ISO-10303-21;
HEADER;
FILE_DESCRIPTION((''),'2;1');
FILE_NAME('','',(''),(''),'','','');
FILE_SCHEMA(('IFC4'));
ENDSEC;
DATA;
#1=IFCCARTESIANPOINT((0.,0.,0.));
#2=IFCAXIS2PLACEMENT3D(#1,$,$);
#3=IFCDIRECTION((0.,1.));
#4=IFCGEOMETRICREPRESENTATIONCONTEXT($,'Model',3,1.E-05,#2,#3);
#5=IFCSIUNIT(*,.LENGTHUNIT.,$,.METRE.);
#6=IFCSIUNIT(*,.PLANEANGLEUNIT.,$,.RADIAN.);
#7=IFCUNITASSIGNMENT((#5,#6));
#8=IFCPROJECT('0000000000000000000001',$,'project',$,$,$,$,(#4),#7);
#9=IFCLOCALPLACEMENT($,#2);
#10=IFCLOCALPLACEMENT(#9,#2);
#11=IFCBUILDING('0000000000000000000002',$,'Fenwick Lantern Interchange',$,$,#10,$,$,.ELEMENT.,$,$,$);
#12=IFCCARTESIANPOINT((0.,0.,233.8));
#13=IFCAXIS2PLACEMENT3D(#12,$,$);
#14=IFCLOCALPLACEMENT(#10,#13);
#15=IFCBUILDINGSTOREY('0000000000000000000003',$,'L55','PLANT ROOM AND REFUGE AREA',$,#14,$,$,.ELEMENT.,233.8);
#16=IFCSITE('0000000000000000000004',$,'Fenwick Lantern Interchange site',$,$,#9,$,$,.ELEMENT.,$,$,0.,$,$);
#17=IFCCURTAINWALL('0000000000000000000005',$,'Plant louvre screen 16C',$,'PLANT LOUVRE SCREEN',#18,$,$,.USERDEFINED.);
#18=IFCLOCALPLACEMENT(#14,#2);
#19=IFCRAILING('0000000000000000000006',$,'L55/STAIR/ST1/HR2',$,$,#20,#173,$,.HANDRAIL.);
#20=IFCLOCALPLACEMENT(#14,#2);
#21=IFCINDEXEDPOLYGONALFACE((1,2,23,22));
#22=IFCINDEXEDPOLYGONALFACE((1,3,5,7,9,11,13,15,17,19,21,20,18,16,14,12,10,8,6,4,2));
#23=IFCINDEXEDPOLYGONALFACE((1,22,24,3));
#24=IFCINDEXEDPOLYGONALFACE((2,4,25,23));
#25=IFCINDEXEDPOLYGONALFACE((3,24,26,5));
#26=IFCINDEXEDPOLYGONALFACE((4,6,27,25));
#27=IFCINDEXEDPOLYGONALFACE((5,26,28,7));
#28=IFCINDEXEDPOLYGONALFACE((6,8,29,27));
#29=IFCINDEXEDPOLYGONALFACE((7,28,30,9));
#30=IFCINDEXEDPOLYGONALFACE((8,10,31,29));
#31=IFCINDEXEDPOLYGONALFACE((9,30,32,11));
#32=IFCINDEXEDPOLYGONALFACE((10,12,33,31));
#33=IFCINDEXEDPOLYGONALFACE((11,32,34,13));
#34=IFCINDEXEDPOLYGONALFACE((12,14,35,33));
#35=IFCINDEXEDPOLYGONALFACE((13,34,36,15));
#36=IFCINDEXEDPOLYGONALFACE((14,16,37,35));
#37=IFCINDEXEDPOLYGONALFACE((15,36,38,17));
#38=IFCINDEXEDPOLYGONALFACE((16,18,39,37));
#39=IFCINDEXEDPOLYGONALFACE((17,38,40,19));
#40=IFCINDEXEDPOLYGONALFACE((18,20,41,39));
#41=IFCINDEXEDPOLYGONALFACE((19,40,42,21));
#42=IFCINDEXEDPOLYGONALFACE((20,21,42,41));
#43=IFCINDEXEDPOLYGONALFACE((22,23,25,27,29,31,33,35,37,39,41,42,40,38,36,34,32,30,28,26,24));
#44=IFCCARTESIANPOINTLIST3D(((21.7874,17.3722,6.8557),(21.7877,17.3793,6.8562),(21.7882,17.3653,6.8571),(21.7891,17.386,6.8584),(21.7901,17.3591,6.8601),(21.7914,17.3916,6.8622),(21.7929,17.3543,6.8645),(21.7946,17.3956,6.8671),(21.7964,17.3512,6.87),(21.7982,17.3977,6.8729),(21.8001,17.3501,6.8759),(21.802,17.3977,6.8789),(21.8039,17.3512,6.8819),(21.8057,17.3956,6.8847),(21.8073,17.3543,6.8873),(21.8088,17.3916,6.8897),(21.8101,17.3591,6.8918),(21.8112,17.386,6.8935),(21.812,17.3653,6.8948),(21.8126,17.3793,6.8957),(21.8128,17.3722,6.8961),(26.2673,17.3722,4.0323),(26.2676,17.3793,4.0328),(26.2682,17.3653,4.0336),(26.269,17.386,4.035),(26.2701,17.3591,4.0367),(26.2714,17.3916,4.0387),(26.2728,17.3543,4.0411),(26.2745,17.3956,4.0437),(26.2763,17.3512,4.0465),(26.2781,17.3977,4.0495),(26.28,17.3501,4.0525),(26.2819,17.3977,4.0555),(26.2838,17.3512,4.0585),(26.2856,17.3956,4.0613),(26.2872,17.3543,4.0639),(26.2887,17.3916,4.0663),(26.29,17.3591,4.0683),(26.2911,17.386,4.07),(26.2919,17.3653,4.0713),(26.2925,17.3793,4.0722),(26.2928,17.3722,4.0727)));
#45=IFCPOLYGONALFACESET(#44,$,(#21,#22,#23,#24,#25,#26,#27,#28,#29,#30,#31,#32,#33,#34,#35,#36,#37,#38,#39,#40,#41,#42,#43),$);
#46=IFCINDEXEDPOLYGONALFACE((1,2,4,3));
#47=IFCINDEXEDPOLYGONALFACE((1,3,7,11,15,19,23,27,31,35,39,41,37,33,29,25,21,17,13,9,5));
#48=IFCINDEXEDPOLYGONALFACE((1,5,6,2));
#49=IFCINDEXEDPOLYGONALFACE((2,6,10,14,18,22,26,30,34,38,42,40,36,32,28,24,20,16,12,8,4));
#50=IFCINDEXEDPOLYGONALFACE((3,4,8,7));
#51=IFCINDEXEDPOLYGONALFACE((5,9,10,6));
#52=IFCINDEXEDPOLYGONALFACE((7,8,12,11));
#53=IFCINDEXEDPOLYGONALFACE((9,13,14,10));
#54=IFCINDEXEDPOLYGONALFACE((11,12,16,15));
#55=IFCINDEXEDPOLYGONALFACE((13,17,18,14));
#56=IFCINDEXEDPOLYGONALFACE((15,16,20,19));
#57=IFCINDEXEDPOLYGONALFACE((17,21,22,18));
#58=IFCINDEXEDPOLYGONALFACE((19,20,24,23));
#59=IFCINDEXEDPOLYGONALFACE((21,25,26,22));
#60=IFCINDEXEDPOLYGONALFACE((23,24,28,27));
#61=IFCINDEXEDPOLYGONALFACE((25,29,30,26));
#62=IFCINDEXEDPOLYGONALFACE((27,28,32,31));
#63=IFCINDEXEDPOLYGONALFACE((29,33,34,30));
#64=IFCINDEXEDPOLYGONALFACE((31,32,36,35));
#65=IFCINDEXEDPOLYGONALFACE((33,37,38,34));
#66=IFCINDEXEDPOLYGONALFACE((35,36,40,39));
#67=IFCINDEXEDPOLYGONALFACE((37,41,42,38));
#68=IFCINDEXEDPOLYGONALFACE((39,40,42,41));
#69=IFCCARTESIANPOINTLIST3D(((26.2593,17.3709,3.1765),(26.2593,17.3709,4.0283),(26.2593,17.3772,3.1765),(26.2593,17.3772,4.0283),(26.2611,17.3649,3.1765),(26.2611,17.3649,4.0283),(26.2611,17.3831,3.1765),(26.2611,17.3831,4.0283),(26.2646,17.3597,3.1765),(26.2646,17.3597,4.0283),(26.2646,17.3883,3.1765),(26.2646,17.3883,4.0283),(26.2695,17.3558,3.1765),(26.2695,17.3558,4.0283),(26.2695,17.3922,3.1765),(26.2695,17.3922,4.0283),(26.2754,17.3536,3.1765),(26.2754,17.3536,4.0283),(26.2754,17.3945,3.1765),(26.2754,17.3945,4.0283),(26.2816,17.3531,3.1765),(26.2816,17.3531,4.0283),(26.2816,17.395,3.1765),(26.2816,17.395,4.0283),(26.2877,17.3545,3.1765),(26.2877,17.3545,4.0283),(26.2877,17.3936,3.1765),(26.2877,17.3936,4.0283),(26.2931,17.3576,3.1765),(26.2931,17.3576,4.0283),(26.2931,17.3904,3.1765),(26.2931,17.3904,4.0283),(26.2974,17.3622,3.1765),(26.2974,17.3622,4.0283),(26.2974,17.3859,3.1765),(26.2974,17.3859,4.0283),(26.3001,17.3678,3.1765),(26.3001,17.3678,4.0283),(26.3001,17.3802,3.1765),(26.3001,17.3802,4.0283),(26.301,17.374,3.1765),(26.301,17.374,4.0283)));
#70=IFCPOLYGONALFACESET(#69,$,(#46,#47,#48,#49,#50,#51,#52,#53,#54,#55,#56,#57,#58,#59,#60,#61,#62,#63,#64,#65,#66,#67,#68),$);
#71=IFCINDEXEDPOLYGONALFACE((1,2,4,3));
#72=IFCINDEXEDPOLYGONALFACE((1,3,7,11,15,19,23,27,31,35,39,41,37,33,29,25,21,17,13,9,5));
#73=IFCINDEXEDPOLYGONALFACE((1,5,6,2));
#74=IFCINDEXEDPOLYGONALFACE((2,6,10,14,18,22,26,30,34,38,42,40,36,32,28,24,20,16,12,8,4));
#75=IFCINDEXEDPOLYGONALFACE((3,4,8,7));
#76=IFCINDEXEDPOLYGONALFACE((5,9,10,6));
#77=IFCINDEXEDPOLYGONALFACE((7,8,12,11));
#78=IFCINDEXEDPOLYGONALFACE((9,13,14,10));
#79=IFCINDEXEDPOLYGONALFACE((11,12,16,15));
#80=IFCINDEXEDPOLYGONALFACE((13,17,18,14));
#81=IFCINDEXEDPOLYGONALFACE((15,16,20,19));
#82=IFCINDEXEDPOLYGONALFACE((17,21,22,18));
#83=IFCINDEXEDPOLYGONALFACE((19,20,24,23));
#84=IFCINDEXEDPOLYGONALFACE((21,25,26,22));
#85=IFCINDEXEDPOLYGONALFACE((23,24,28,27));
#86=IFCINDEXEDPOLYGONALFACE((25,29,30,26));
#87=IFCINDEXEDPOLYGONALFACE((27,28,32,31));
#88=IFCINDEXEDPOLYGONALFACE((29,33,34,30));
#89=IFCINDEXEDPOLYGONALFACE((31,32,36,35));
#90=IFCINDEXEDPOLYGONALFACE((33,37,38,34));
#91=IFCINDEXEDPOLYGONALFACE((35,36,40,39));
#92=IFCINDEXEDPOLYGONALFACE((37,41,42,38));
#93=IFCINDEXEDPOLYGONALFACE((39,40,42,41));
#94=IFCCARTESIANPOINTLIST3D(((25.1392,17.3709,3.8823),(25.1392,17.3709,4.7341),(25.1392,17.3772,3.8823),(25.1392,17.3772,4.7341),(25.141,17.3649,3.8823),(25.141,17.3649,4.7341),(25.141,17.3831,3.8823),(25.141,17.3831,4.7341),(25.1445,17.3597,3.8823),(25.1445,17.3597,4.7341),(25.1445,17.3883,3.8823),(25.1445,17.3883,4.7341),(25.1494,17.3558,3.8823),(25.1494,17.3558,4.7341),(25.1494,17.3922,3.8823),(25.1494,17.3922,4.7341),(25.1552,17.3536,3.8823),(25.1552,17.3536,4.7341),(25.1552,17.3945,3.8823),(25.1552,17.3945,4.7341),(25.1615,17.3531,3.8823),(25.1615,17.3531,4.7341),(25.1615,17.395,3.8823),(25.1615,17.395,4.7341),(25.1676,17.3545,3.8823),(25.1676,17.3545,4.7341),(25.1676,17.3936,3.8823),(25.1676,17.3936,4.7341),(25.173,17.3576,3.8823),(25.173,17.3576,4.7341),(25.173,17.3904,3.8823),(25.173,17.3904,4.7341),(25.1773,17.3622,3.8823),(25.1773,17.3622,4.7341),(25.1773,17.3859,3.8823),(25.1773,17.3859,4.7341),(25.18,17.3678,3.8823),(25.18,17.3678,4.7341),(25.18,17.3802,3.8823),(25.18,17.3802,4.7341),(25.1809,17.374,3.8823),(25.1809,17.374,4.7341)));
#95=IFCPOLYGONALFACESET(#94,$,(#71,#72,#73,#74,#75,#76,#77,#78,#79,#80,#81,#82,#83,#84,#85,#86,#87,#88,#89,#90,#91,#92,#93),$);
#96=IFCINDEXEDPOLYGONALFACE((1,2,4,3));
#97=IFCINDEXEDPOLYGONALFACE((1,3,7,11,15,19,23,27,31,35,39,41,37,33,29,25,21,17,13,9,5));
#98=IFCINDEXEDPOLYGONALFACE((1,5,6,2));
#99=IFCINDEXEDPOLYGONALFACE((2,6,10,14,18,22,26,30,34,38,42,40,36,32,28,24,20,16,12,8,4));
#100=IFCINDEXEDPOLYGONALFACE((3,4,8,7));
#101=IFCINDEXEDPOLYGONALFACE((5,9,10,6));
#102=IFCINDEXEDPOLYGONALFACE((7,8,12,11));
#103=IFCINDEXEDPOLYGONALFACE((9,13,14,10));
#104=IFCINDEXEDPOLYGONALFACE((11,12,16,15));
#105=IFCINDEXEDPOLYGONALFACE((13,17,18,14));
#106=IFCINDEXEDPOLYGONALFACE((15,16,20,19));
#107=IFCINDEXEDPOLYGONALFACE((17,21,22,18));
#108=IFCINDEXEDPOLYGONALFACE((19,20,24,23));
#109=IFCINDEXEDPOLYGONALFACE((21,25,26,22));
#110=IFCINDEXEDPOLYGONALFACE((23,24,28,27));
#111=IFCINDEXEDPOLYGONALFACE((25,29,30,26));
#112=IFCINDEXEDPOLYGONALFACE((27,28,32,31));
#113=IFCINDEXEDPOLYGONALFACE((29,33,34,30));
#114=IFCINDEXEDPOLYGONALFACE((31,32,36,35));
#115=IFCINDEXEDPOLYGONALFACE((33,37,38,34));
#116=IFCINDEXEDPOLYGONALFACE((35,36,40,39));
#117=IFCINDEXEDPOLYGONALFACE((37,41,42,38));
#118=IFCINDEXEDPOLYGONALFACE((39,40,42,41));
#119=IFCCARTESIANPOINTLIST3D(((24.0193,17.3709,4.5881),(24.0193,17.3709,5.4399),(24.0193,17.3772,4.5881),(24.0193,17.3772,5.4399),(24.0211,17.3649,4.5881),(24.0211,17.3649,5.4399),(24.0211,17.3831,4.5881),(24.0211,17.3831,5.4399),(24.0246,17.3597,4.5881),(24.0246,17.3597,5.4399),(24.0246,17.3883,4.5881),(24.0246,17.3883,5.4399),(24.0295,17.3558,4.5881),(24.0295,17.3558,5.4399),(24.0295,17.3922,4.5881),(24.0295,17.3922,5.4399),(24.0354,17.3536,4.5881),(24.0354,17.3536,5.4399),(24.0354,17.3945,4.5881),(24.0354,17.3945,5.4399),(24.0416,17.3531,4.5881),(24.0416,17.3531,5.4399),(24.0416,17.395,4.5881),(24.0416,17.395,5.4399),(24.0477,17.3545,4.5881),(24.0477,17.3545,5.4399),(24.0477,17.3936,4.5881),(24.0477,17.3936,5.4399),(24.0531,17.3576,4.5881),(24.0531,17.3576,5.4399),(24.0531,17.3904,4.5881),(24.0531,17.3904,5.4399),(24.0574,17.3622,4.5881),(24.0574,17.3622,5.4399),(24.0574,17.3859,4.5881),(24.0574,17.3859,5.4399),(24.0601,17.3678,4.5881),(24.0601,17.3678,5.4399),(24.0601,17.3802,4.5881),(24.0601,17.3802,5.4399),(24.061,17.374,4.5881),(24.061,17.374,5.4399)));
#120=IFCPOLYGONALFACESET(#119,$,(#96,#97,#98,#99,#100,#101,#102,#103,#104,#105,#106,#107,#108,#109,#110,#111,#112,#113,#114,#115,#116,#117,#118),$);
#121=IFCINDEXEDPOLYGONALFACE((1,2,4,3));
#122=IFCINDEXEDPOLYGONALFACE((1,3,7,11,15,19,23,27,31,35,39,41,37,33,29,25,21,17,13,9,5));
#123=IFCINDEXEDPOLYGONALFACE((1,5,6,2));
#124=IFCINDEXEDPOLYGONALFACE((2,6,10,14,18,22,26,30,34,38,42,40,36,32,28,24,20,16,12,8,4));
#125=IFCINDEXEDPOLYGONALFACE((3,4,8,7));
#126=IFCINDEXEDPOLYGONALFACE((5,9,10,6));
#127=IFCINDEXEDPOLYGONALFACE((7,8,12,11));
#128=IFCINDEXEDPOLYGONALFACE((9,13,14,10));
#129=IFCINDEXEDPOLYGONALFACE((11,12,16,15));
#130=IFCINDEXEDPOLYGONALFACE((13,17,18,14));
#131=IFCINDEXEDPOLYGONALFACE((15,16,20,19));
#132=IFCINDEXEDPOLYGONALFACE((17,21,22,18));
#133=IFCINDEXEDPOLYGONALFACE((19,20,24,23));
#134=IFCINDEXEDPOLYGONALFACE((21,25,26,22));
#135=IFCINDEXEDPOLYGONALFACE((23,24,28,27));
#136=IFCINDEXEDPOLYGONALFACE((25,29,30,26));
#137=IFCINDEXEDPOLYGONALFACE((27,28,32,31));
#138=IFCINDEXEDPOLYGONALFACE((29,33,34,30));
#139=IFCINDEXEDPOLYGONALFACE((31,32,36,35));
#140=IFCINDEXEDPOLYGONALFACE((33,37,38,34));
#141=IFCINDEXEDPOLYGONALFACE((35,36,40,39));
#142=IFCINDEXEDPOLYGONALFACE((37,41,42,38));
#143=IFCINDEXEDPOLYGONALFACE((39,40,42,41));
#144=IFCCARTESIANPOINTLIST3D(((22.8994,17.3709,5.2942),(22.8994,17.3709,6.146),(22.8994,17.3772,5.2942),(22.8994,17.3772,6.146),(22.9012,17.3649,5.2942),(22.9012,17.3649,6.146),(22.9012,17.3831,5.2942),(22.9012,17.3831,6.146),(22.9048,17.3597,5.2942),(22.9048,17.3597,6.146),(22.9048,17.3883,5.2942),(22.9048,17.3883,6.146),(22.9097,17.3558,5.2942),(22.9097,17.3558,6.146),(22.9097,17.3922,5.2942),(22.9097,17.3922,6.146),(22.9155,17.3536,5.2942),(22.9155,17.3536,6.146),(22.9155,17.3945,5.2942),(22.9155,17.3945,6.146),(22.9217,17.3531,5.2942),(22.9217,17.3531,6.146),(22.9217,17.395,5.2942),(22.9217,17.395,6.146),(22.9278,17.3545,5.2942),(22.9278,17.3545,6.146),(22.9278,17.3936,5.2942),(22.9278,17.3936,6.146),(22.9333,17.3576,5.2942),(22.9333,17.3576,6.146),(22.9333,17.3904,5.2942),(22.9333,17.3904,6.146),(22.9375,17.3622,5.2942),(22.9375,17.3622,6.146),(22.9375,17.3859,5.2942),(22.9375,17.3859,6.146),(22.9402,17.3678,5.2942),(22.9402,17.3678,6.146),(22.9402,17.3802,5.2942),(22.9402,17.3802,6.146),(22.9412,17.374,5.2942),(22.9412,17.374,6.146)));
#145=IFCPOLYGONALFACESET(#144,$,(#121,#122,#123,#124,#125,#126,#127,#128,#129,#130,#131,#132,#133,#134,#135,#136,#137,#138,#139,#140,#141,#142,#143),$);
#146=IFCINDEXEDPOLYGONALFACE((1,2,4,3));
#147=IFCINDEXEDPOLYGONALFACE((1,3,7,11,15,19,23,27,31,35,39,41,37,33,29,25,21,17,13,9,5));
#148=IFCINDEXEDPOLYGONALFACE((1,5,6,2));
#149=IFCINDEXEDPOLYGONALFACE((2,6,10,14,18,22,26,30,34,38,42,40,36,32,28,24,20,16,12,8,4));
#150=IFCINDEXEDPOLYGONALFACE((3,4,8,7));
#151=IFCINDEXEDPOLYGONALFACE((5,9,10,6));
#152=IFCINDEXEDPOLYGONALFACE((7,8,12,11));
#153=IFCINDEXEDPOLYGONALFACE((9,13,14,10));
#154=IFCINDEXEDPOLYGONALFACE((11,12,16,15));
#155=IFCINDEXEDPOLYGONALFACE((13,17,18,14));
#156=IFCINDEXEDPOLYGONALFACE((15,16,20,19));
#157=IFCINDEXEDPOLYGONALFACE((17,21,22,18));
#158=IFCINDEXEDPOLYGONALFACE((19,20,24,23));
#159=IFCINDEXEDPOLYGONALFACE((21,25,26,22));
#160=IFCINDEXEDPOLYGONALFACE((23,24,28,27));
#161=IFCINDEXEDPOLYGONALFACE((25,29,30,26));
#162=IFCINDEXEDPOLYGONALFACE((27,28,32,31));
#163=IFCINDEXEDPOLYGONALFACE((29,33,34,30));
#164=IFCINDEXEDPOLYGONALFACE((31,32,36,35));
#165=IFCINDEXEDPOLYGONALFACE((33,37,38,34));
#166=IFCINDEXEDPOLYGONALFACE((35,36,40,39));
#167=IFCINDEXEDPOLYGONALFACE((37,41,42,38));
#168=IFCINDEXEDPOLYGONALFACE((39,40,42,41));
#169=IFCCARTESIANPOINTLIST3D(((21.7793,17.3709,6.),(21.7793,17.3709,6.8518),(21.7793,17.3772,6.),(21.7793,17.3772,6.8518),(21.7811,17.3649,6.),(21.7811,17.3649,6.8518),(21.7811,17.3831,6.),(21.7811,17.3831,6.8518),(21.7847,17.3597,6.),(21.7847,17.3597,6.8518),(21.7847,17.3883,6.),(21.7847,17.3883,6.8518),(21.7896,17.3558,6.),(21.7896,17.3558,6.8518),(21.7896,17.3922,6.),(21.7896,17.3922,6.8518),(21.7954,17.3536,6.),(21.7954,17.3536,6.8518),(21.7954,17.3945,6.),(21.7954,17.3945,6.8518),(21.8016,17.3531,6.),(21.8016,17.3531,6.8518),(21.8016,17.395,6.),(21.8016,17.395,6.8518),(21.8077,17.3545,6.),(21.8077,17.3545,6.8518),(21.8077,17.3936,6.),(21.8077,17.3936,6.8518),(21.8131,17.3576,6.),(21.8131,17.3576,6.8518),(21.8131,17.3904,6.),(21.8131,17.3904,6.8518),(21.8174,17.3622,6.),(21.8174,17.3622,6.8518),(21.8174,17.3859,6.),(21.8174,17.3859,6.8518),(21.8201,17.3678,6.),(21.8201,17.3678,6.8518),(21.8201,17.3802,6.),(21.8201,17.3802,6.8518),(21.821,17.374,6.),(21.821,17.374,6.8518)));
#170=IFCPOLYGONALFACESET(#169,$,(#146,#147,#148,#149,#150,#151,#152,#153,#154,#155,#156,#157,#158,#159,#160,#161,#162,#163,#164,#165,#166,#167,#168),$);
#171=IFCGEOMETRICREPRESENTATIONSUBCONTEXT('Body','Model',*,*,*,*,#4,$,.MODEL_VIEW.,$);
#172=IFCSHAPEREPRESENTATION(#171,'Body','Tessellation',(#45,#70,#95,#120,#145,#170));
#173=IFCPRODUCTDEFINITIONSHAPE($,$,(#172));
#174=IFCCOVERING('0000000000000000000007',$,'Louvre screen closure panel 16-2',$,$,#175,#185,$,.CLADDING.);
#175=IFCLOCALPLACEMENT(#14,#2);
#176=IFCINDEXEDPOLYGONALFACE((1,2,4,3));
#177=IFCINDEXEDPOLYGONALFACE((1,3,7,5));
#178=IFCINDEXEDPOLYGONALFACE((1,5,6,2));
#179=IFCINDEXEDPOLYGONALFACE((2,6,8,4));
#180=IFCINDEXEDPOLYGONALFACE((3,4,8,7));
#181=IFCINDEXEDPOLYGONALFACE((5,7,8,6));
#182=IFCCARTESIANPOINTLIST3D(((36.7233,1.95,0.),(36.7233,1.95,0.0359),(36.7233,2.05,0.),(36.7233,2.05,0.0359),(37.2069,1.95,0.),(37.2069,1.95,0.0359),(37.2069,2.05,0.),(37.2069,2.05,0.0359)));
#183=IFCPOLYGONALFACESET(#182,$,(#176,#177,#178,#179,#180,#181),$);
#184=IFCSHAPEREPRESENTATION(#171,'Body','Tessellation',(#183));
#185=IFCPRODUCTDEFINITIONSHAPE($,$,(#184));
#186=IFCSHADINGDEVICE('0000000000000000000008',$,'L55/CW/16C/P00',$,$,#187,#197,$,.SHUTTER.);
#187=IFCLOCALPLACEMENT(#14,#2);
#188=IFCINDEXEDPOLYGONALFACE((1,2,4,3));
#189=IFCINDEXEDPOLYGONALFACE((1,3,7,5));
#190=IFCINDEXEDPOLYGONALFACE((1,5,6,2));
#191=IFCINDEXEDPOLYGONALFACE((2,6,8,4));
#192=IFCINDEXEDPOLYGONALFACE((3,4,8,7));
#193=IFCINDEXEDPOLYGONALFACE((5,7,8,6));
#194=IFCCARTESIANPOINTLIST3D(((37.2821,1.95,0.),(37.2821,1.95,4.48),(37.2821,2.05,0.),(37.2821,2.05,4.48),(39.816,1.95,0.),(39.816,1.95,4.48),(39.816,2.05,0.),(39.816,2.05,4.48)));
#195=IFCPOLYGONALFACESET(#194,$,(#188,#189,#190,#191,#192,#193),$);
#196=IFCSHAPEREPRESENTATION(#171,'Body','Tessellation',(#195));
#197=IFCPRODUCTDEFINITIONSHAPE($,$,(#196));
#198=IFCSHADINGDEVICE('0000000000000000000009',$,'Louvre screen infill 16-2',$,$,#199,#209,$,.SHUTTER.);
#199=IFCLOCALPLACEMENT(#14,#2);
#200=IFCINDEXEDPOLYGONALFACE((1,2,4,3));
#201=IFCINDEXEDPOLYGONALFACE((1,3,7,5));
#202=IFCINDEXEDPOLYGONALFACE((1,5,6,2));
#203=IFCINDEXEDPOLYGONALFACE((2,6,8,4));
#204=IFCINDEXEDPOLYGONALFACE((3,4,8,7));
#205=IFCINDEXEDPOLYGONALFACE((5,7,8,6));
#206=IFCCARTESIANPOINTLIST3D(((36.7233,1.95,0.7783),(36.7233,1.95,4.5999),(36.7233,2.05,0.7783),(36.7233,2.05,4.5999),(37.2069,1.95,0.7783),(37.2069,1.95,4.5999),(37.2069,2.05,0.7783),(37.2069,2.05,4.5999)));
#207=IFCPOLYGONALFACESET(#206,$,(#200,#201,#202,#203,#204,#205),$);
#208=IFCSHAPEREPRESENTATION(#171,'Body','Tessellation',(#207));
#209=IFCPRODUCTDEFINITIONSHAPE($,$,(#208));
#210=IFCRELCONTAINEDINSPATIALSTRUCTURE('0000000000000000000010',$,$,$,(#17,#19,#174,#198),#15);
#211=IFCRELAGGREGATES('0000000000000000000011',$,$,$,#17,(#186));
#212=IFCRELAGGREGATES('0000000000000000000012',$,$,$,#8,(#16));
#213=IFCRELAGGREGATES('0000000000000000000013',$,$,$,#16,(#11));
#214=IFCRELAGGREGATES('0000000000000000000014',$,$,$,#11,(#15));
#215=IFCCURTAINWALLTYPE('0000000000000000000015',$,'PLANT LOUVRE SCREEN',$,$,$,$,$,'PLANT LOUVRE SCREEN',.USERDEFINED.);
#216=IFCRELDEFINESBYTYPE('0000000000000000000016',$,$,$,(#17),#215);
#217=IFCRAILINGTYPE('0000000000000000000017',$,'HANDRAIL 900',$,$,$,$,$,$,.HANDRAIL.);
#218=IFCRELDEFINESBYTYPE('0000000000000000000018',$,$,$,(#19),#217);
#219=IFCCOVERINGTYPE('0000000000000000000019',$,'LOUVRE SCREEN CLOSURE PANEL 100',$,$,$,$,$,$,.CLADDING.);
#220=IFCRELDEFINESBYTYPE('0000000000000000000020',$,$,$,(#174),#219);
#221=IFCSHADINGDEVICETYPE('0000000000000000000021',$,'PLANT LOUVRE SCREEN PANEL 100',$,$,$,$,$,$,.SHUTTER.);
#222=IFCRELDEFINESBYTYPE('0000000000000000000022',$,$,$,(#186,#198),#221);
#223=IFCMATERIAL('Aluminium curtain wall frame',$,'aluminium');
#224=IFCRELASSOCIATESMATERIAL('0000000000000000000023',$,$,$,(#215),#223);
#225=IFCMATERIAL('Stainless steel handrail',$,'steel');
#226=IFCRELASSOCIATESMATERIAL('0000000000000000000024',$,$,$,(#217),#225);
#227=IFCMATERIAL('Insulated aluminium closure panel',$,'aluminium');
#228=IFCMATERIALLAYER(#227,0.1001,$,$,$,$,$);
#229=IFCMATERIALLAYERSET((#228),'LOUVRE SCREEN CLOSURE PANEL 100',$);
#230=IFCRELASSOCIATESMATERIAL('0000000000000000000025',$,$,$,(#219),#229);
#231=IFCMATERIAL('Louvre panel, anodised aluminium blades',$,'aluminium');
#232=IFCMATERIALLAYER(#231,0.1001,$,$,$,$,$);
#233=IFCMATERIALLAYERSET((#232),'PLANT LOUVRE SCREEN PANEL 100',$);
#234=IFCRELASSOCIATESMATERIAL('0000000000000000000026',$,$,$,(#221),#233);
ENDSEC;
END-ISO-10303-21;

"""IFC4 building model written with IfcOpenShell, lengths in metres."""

from ifc_helpers import new_model, si_unit, direction, frame, origin, origin_2d, place, context, subcontext, project, spatial, rectangle, circle, extrude, material, layer, layer_set, type_object, element, aggregate, save


model = new_model("IFC4")

# Units and contexts
model_context = context("Model", 3, precision=1e-05, world=origin(), true_north=direction((0.0, 1.0)))
body_context = subcontext(model_context, "Body", "Model", "MODEL_VIEW")
ifc_project = project(units=[si_unit("LENGTHUNIT", "METRE"), si_unit("PLANEANGLEUNIT", "RADIAN")], contexts=[model_context])

# Site, building, storey
site_placement = place(None, origin())
site = spatial("IfcSite", under=ifc_project, at=site_placement, Name="Fenwick Lantern Interchange site", CompositionType="ELEMENT", RefElevation=0.0)
building_placement = place(site_placement, origin())
building = spatial("IfcBuilding", under=site, at=building_placement, Name="Fenwick Lantern Interchange", CompositionType="ELEMENT")
storey_placement = place(building_placement, frame((0.0, 0.0, 233.8)))
storey = spatial("IfcBuildingStorey", under=building, at=storey_placement, Name="L55", Description="PLANT ROOM AND REFUGE AREA", CompositionType="ELEMENT", Elevation=233.8)

# Curtain wall
ifc_material_1 = material(Name="Aluminium curtain wall frame", Category="aluminium")
curtain_wall_type = type_object("IfcCurtainWallType", Name="PLANT LOUVRE SCREEN", ElementType="PLANT LOUVRE SCREEN", PredefinedType="USERDEFINED", material=ifc_material_1)
curtain_wall_placement = place(storey_placement, origin())
curtain_wall = element("IfcCurtainWall", 1, at=curtain_wall_placement, inside=storey, type_object=curtain_wall_type, Name="Plant louvre screen 16C", ObjectType="PLANT LOUVRE SCREEN", PredefinedType="USERDEFINED")

# Railing
ifc_material_2 = material(Name="Stainless steel handrail", Category="steel")
railing_type = type_object("IfcRailingType", Name="HANDRAIL 900", PredefinedType="HANDRAIL", material=ifc_material_2)
railing_placement = place(storey_placement, frame((26.28, 17.374, 3.1765)))
element("IfcRailing", 2, at=railing_placement, inside=storey, type_object=railing_type, Name="L55/STAIR/ST1/HR2", PredefinedType="HANDRAIL", context=body_context, shape_type="SweptSolid", body=[
    extrude(circle(Radius=0.0239, at=origin_2d()), frame((0.0, 0.0, 0.876), z_axis=(-0.845998, 0.0, 0.533186), x_axis=(0.0, -1.0, 0.0)), (0.0, 0.0, 1.0), 5.2954),
    extrude(circle(Radius=0.021, at=origin_2d()), origin(), (0.0, 0.0, 1.0), 0.8518),
    extrude(circle(Radius=0.021, at=origin_2d()), frame((-1.1201, 0.0, 0.7058)), (0.0, 0.0, 1.0), 0.8518),
    extrude(circle(Radius=0.021, at=origin_2d()), frame((-2.24, 0.0, 1.4116)), (0.0, 0.0, 1.0), 0.8518),
    extrude(circle(Radius=0.021, at=origin_2d()), frame((-3.3599, 0.0, 2.1177)), (0.0, 0.0, 1.0), 0.8518),
    extrude(circle(Radius=0.021, at=origin_2d()), frame((-4.48, 0.0, 2.8235)), (0.0, 0.0, 1.0), 0.8518),
])

# Covering
ifc_material_3 = material(Name="Insulated aluminium closure panel", Category="aluminium")
ifc_layer_1 = layer(ifc_material_3, 0.1001)
ifc_layer_set_1 = layer_set([ifc_layer_1], Name="LOUVRE SCREEN CLOSURE PANEL 100")
covering_type = type_object("IfcCoveringType", Name="LOUVRE SCREEN CLOSURE PANEL 100", PredefinedType="CLADDING", material=ifc_layer_set_1)
covering_placement = place(storey_placement, frame((36.9651, 2.0, 0.0), z_axis=(0.0, 0.0, 1.0), x_axis=(1.0, 0.0, 0.0)))
element("IfcCovering", 3, at=covering_placement, inside=storey, type_object=covering_type, Name="Louvre screen closure panel 16-2", PredefinedType="CLADDING", context=body_context, shape_type="SweptSolid", body=[
    extrude(rectangle(XDim=0.4836, YDim=0.1001, at=origin_2d()), origin(), (0.0, 0.0, 1.0), 0.0359),
])

# Shading devices
ifc_material_4 = material(Name="Louvre panel, anodised aluminium blades", Category="aluminium")
ifc_layer_2 = layer(ifc_material_4, 0.1001)
ifc_layer_set_2 = layer_set([ifc_layer_2], Name="PLANT LOUVRE SCREEN PANEL 100")
shading_device_type = type_object("IfcShadingDeviceType", Name="PLANT LOUVRE SCREEN PANEL 100", PredefinedType="SHUTTER", material=ifc_layer_set_2)
shading_device_1_placement = place(storey_placement, frame((38.5491, 2.0, 0.0), z_axis=(0.0, 0.0, 1.0), x_axis=(1.0, 0.0, 0.0)))
shading_device_1 = element("IfcShadingDevice", 4, at=shading_device_1_placement, type_object=shading_device_type, Name="L55/CW/16C/P00", PredefinedType="SHUTTER", context=body_context, shape_type="SweptSolid", body=[
    extrude(rectangle(XDim=2.5339, YDim=0.1001, at=origin_2d()), origin(), (0.0, 0.0, 1.0), 4.48),
])
aggregate(curtain_wall, [shading_device_1])
shading_device_2_placement = place(storey_placement, frame((36.9651, 2.0, 0.7783), z_axis=(0.0, 0.0, 1.0), x_axis=(1.0, 0.0, 0.0)))
element("IfcShadingDevice", 5, at=shading_device_2_placement, inside=storey, type_object=shading_device_type, Name="Louvre screen infill 16-2", PredefinedType="SHUTTER", context=body_context, shape_type="SweptSolid", body=[
    extrude(rectangle(XDim=0.4836, YDim=0.1001, at=origin_2d()), origin(), (0.0, 0.0, 1.0), 3.8215),
])

save(model, "model.ifc")
